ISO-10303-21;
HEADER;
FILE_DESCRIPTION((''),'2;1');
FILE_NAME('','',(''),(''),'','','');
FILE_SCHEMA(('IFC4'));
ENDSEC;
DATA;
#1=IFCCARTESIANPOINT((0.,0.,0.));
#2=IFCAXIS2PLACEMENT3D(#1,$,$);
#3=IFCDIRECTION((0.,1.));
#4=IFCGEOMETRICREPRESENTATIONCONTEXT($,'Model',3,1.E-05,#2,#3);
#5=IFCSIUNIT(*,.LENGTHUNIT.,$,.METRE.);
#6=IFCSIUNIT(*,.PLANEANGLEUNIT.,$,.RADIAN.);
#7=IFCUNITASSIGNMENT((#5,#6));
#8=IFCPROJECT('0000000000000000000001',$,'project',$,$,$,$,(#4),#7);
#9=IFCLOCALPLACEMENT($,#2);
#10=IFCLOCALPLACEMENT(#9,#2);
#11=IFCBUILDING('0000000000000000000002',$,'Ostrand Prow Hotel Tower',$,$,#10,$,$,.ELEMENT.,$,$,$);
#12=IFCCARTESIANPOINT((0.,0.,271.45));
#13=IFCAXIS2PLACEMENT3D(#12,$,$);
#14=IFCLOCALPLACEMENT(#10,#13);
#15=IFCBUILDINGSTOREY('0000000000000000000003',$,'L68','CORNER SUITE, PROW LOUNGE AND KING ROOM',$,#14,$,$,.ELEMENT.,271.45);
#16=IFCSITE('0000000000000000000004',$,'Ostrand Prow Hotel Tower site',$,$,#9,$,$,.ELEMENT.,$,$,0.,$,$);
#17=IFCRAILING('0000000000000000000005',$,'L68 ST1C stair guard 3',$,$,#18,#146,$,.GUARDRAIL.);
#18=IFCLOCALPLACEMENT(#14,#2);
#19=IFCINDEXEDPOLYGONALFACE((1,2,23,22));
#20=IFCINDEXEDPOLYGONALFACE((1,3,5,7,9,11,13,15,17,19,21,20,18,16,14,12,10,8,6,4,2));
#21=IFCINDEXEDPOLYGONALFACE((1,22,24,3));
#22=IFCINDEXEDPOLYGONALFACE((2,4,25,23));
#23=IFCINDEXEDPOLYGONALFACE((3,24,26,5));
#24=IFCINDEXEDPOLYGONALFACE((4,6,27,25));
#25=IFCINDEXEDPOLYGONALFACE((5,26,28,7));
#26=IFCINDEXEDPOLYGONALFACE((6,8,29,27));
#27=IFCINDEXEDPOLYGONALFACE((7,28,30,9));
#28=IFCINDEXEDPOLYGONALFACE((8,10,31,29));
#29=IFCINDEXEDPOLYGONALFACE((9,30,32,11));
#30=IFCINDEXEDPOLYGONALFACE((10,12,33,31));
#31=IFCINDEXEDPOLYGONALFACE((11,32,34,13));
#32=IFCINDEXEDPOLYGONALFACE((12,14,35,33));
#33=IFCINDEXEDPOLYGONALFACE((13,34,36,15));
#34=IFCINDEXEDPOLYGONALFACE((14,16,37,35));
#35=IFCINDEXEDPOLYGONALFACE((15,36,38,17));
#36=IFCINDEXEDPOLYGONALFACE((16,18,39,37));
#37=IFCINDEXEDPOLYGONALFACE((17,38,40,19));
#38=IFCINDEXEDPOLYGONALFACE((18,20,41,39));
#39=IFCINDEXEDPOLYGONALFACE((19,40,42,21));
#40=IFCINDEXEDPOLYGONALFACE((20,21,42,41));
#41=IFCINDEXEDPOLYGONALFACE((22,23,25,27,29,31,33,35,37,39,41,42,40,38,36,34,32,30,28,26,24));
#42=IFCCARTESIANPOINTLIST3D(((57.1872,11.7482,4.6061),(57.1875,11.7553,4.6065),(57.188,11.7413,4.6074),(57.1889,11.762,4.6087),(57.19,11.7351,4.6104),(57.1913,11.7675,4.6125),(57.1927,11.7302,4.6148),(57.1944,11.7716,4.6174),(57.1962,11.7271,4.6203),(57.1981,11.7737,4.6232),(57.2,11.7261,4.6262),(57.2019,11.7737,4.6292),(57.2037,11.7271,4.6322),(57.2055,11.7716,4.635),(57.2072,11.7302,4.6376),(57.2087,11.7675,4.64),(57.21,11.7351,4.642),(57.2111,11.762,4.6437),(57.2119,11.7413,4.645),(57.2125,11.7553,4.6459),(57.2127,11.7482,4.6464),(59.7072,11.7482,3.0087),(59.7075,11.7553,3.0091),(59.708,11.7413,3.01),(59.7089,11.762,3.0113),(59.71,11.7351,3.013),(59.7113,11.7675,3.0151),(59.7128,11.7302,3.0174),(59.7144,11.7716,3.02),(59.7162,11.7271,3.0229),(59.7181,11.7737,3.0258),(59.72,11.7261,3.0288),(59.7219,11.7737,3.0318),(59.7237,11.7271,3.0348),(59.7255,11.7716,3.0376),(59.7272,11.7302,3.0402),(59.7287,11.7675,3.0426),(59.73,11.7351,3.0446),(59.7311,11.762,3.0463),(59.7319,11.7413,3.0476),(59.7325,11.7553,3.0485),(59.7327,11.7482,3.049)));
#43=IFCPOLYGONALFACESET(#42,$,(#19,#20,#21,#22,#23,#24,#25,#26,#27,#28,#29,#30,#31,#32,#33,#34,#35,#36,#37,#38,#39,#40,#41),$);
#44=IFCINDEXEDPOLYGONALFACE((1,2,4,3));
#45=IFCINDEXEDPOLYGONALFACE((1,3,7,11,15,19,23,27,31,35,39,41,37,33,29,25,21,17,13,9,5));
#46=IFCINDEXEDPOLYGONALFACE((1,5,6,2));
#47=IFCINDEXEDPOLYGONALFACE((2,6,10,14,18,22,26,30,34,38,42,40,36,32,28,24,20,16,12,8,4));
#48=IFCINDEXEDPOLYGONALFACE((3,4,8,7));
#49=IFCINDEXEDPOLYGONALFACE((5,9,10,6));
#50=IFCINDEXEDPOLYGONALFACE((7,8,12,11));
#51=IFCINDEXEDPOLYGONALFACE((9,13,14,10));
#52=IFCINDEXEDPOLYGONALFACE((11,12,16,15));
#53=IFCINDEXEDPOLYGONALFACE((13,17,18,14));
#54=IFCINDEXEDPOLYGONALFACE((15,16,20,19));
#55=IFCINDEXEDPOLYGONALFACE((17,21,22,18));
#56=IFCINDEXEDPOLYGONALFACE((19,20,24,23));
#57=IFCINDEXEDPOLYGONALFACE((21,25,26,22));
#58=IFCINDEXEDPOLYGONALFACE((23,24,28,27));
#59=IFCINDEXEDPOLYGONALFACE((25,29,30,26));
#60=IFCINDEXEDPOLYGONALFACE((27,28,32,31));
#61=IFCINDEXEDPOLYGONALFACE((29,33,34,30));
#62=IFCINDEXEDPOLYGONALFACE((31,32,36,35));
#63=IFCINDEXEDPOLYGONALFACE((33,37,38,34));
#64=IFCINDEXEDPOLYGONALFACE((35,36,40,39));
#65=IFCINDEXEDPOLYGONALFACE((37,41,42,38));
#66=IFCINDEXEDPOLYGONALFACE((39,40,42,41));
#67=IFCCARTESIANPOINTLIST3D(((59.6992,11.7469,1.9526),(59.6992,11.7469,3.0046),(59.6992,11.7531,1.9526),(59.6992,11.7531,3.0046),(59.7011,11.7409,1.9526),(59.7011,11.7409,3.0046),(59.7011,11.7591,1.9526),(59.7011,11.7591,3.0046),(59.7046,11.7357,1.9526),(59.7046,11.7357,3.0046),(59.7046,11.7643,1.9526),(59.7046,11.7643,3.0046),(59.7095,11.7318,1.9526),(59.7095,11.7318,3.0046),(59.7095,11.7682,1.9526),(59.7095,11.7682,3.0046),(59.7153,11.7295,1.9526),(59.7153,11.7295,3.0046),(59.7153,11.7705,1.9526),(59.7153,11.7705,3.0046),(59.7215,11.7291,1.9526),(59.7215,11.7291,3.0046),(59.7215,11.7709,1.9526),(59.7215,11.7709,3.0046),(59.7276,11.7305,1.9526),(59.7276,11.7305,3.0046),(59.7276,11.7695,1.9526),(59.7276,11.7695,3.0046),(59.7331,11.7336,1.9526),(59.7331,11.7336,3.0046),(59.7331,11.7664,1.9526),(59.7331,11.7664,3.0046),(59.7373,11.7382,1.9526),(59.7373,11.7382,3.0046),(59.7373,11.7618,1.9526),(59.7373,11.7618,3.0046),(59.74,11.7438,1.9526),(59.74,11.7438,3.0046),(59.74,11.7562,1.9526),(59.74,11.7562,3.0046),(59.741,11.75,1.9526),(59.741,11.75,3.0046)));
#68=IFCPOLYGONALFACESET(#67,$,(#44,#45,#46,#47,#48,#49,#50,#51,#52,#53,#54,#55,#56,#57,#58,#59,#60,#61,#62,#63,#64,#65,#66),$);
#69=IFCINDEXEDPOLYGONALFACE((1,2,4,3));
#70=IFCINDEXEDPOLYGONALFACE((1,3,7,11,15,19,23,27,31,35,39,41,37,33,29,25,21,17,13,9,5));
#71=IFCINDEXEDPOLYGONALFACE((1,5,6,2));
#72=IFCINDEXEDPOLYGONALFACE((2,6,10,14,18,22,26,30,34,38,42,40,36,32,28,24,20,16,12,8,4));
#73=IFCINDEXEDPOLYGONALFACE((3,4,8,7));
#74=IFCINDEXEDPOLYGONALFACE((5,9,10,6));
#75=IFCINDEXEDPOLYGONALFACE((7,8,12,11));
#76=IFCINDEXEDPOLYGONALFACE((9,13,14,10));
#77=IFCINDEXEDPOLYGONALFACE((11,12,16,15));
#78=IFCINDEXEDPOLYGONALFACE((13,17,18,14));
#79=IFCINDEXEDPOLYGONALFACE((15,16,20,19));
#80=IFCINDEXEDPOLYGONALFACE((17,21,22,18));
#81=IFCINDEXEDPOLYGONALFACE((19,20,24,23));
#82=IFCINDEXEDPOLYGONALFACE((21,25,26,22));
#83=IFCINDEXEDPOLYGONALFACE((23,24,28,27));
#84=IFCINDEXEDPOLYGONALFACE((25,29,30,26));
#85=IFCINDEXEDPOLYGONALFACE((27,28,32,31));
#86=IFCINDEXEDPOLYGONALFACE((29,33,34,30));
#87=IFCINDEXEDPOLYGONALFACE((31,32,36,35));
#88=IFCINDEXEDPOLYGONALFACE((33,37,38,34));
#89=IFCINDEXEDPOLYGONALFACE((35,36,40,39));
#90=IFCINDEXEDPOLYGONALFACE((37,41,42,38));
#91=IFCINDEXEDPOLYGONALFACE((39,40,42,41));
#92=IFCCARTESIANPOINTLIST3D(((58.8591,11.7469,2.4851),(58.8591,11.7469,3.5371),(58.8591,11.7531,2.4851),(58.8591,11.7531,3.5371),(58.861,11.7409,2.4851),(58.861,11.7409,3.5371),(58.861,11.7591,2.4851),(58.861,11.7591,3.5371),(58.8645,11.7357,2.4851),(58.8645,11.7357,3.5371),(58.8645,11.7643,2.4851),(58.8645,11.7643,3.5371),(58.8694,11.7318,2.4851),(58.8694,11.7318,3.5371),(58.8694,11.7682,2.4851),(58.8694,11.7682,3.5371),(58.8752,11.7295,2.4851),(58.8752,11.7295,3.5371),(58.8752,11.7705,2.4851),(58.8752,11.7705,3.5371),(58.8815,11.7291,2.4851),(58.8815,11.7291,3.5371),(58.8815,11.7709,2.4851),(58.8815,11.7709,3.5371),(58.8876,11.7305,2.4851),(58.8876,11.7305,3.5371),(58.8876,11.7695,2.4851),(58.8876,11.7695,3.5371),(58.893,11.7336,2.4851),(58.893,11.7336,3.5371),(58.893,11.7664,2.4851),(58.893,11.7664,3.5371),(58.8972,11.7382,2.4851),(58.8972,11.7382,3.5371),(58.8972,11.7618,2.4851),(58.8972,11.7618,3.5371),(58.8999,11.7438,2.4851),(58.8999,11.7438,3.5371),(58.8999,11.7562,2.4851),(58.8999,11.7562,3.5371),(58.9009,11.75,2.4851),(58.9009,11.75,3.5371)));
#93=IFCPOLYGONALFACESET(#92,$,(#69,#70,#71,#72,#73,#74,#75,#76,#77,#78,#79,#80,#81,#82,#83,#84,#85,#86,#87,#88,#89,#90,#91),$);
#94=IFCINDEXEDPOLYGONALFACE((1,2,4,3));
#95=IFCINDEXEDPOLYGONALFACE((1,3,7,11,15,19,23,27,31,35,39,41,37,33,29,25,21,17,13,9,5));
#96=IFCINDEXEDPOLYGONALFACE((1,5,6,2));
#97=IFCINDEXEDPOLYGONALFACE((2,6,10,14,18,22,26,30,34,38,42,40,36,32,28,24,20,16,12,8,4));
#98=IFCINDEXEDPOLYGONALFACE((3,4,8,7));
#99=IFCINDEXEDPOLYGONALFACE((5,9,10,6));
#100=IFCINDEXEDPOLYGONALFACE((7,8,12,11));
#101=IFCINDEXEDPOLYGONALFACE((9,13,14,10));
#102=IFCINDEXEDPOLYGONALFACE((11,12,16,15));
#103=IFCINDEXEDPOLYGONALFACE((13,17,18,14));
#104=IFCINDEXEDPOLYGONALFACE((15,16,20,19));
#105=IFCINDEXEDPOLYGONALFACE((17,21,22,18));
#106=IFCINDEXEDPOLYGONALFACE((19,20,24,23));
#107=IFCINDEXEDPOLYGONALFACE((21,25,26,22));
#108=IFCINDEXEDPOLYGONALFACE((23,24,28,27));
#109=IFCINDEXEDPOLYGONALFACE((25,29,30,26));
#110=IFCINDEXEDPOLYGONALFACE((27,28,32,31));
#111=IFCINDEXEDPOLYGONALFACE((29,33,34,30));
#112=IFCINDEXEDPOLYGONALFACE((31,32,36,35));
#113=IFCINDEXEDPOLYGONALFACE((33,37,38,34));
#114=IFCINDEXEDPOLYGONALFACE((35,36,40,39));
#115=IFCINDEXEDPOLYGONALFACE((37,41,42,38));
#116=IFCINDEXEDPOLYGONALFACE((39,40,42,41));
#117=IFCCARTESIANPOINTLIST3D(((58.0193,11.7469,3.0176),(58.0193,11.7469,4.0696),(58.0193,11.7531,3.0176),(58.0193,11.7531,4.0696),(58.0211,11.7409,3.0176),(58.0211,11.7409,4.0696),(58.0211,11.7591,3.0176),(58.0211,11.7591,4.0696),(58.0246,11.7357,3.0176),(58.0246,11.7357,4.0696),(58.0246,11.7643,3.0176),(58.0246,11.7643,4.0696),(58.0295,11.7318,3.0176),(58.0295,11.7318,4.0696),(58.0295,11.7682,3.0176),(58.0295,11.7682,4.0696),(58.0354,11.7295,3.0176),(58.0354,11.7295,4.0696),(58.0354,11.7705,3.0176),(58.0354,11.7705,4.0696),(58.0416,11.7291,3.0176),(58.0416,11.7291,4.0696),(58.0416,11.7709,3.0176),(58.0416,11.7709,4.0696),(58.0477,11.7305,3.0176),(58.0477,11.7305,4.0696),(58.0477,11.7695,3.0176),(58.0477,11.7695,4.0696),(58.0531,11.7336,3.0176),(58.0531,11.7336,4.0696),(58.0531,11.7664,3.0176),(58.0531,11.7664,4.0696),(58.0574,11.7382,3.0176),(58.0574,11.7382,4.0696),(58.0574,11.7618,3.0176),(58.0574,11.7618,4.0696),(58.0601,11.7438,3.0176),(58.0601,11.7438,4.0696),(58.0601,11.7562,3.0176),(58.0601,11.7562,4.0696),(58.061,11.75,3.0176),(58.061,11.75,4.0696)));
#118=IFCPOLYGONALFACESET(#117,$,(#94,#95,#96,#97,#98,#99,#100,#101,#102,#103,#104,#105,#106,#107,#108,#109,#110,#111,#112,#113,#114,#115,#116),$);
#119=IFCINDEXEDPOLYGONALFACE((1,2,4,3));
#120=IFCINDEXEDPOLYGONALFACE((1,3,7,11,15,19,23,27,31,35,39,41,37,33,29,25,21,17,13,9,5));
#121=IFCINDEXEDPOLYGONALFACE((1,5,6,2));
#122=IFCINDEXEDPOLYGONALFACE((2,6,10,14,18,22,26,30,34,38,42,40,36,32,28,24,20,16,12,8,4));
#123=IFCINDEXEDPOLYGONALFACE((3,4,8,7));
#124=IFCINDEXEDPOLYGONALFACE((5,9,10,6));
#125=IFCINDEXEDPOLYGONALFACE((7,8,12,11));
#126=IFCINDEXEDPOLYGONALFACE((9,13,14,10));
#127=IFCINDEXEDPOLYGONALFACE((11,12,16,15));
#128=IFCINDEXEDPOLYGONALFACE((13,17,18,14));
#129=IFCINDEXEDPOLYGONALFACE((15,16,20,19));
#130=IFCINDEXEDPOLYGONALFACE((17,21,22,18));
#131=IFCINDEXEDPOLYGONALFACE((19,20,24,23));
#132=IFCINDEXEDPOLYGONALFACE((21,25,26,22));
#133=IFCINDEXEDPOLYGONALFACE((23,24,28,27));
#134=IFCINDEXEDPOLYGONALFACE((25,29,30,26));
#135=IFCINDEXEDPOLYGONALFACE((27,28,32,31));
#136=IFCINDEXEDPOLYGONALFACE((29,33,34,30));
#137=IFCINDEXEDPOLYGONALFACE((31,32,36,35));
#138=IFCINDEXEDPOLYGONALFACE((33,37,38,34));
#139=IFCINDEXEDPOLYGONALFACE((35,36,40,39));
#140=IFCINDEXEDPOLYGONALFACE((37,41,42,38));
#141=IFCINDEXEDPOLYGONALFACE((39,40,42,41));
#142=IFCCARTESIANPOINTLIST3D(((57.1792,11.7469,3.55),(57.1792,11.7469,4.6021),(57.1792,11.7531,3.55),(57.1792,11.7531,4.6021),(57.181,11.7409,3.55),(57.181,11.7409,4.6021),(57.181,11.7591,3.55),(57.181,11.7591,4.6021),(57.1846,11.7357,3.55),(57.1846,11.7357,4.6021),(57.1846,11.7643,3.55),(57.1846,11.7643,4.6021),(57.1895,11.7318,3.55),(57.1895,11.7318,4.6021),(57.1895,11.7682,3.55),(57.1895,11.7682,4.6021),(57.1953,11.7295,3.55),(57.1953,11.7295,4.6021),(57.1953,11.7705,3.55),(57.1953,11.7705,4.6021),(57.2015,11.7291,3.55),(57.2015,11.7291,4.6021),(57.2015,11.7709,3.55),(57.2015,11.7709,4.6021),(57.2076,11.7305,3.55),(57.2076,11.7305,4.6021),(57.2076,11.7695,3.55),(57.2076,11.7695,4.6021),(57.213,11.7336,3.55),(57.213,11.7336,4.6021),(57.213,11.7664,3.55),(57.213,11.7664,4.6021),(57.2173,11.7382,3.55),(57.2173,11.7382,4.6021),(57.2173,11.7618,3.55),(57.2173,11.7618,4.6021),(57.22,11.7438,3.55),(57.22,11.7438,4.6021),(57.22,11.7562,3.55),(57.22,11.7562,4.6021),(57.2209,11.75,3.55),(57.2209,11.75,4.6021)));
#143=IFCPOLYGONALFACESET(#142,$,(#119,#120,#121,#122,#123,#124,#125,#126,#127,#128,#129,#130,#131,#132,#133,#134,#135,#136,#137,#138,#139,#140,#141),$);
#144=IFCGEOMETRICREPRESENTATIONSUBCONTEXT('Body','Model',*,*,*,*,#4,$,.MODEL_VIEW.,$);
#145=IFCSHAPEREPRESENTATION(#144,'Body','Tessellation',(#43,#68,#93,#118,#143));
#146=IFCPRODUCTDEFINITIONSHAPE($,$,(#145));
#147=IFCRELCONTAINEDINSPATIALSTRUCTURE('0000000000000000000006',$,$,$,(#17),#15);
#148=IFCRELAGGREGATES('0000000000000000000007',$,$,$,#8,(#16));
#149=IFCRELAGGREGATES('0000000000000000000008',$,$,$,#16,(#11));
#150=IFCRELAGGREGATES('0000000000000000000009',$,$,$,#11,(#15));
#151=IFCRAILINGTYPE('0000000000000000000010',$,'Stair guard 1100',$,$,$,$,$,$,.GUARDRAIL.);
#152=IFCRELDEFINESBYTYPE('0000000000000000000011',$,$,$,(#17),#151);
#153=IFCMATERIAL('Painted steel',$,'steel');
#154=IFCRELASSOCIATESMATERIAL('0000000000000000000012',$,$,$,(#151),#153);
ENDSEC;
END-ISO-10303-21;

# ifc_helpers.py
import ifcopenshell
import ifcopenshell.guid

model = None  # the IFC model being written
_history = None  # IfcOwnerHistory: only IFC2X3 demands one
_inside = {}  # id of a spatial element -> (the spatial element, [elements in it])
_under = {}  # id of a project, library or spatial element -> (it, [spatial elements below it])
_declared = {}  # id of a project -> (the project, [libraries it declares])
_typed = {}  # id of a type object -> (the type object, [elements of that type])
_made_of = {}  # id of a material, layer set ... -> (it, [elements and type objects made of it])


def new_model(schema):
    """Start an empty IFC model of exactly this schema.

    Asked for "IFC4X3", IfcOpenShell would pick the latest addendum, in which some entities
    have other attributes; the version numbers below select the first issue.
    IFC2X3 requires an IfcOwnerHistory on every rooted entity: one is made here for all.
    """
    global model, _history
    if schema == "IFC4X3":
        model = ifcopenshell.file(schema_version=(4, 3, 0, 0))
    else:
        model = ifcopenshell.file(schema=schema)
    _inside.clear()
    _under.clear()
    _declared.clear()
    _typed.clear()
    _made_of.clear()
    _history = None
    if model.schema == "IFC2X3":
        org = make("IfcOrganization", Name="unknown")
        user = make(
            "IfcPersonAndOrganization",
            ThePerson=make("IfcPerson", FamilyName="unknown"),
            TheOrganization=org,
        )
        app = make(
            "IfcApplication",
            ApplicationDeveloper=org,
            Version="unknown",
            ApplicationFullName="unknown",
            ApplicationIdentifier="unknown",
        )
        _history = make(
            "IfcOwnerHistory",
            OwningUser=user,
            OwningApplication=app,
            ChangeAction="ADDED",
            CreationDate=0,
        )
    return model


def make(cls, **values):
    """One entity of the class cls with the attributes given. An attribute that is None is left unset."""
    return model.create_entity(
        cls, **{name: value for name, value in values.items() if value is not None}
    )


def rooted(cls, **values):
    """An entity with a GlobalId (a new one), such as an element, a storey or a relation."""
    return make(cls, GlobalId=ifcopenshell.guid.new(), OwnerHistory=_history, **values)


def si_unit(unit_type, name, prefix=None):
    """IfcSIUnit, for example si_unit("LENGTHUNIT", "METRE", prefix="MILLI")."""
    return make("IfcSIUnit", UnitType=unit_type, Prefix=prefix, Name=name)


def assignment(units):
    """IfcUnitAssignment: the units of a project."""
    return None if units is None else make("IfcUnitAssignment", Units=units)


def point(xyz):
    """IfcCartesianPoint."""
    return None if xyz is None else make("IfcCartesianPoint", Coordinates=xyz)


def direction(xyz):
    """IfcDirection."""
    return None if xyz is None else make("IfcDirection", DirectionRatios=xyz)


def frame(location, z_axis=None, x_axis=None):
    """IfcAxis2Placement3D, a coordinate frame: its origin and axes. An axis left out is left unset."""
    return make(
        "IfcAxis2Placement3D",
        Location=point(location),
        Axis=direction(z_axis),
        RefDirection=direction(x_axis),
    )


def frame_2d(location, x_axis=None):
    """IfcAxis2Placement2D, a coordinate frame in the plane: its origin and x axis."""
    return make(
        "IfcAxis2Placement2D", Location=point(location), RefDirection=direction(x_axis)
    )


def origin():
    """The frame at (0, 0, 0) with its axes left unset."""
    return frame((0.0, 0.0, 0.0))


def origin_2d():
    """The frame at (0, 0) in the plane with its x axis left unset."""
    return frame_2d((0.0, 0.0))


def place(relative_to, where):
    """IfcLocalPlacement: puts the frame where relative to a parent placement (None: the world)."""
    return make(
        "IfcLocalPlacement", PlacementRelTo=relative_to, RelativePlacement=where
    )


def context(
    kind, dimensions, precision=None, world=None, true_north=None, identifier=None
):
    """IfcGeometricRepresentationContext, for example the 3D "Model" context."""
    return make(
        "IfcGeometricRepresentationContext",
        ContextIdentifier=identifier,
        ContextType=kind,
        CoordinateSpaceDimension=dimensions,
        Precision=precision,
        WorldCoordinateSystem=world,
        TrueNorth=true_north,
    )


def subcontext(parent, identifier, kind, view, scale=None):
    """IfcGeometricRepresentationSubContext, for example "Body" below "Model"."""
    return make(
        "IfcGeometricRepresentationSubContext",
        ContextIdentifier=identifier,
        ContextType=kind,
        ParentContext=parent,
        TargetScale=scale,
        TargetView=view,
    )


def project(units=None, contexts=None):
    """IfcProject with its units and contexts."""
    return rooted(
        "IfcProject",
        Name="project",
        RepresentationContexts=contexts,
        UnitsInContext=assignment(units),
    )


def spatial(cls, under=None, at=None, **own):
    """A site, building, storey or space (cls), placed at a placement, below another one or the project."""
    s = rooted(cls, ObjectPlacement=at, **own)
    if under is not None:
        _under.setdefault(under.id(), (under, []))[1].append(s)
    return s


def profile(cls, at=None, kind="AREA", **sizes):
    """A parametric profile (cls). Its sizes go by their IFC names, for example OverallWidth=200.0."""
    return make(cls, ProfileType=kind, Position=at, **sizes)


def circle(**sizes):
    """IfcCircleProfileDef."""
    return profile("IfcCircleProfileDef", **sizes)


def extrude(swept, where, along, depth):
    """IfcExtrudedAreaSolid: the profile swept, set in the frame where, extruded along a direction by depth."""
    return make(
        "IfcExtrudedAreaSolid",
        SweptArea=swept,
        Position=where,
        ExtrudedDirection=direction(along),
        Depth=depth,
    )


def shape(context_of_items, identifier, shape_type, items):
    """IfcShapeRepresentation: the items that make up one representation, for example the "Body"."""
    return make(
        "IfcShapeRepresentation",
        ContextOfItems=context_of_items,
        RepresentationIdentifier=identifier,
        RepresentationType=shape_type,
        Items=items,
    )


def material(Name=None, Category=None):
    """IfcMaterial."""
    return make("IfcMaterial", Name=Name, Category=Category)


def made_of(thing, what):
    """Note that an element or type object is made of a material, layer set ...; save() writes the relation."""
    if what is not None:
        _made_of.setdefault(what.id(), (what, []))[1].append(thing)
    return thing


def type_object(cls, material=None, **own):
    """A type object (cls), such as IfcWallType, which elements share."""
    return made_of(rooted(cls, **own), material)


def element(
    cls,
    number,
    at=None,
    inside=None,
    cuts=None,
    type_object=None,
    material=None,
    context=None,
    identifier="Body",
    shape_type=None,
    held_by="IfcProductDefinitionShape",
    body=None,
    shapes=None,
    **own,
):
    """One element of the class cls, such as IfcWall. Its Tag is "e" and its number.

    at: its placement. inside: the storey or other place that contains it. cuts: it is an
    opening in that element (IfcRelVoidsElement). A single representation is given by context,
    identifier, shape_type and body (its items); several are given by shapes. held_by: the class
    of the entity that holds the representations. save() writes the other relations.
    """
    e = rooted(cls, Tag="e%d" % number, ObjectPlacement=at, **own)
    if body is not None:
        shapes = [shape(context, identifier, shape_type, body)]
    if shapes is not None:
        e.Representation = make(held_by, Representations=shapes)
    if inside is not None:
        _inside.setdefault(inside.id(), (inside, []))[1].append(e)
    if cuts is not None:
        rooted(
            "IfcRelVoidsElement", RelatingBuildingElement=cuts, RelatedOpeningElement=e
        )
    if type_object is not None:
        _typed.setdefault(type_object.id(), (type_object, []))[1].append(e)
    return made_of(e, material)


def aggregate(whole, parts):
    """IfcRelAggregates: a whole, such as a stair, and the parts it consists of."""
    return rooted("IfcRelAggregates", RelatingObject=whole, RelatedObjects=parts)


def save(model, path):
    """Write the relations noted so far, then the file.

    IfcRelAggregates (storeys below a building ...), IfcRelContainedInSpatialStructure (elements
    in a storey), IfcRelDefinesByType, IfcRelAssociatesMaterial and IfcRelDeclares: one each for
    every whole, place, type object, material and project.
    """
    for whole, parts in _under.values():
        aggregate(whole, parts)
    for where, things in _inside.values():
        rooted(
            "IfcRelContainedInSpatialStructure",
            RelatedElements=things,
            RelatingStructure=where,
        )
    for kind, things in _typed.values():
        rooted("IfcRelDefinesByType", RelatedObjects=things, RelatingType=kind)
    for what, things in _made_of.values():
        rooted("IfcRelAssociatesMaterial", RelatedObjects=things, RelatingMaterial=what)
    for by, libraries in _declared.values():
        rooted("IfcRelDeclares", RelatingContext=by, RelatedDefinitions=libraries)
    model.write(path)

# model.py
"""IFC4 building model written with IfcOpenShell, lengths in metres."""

from ifc_helpers import new_model, si_unit, direction, frame, origin, origin_2d, place, context, subcontext, project, spatial, circle, extrude, material, type_object, element, save


model = new_model("IFC4")

# Units and contexts
model_context = context("Model", 3, precision=1e-05, world=origin(), true_north=direction((0.0, 1.0)))
body_context = subcontext(model_context, "Body", "Model", "MODEL_VIEW")
ifc_project = project(units=[si_unit("LENGTHUNIT", "METRE"), si_unit("PLANEANGLEUNIT", "RADIAN")], contexts=[model_context])

# Site, building, storey
site_placement = place(None, origin())
site = spatial("IfcSite", under=ifc_project, at=site_placement, Name="Ostrand Prow Hotel Tower site", CompositionType="ELEMENT", RefElevation=0.0)
building_placement = place(site_placement, origin())
building = spatial("IfcBuilding", under=site, at=building_placement, Name="Ostrand Prow Hotel Tower", CompositionType="ELEMENT")
storey_placement = place(building_placement, frame((0.0, 0.0, 271.45)))
storey = spatial("IfcBuildingStorey", under=building, at=storey_placement, Name="L68", Description="CORNER SUITE, PROW LOUNGE AND KING ROOM", CompositionType="ELEMENT", Elevation=271.45)

# Railing
ifc_material_1 = material(Name="Painted steel", Category="steel")
railing_type_1 = type_object("IfcRailingType", Name="Stair guard 1100", PredefinedType="GUARDRAIL", material=ifc_material_1)
railing_1_placement = place(storey_placement, frame((59.72, 11.75, 1.9526)))
element("IfcRailing", 1, at=railing_1_placement, inside=storey, type_object=railing_type_1, Name="L68 ST1C stair guard 3", PredefinedType="GUARDRAIL", context=body_context, shape_type="SweptSolid", body=[
    extrude(circle(Radius=0.0239, at=origin_2d()), frame((0.0, 0.0, 1.0762), z_axis=(-0.844607, 0.0, 0.535387), x_axis=(0.0, -1.0, 0.0)), (0.0, 0.0, 1.0), 2.9836),
    extrude(circle(Radius=0.021, at=origin_2d()), origin(), (0.0, 0.0, 1.0), 1.052),
    extrude(circle(Radius=0.021, at=origin_2d()), frame((-0.8401, 0.0, 0.5325)), (0.0, 0.0, 1.0), 1.052),
    extrude(circle(Radius=0.021, at=origin_2d()), frame((-1.6799, 0.0, 1.0649)), (0.0, 0.0, 1.0), 1.052),
    extrude(circle(Radius=0.021, at=origin_2d()), frame((-2.52, 0.0, 1.5974)), (0.0, 0.0, 1.0), 1.052),
])

save(model, "model.ifc")
